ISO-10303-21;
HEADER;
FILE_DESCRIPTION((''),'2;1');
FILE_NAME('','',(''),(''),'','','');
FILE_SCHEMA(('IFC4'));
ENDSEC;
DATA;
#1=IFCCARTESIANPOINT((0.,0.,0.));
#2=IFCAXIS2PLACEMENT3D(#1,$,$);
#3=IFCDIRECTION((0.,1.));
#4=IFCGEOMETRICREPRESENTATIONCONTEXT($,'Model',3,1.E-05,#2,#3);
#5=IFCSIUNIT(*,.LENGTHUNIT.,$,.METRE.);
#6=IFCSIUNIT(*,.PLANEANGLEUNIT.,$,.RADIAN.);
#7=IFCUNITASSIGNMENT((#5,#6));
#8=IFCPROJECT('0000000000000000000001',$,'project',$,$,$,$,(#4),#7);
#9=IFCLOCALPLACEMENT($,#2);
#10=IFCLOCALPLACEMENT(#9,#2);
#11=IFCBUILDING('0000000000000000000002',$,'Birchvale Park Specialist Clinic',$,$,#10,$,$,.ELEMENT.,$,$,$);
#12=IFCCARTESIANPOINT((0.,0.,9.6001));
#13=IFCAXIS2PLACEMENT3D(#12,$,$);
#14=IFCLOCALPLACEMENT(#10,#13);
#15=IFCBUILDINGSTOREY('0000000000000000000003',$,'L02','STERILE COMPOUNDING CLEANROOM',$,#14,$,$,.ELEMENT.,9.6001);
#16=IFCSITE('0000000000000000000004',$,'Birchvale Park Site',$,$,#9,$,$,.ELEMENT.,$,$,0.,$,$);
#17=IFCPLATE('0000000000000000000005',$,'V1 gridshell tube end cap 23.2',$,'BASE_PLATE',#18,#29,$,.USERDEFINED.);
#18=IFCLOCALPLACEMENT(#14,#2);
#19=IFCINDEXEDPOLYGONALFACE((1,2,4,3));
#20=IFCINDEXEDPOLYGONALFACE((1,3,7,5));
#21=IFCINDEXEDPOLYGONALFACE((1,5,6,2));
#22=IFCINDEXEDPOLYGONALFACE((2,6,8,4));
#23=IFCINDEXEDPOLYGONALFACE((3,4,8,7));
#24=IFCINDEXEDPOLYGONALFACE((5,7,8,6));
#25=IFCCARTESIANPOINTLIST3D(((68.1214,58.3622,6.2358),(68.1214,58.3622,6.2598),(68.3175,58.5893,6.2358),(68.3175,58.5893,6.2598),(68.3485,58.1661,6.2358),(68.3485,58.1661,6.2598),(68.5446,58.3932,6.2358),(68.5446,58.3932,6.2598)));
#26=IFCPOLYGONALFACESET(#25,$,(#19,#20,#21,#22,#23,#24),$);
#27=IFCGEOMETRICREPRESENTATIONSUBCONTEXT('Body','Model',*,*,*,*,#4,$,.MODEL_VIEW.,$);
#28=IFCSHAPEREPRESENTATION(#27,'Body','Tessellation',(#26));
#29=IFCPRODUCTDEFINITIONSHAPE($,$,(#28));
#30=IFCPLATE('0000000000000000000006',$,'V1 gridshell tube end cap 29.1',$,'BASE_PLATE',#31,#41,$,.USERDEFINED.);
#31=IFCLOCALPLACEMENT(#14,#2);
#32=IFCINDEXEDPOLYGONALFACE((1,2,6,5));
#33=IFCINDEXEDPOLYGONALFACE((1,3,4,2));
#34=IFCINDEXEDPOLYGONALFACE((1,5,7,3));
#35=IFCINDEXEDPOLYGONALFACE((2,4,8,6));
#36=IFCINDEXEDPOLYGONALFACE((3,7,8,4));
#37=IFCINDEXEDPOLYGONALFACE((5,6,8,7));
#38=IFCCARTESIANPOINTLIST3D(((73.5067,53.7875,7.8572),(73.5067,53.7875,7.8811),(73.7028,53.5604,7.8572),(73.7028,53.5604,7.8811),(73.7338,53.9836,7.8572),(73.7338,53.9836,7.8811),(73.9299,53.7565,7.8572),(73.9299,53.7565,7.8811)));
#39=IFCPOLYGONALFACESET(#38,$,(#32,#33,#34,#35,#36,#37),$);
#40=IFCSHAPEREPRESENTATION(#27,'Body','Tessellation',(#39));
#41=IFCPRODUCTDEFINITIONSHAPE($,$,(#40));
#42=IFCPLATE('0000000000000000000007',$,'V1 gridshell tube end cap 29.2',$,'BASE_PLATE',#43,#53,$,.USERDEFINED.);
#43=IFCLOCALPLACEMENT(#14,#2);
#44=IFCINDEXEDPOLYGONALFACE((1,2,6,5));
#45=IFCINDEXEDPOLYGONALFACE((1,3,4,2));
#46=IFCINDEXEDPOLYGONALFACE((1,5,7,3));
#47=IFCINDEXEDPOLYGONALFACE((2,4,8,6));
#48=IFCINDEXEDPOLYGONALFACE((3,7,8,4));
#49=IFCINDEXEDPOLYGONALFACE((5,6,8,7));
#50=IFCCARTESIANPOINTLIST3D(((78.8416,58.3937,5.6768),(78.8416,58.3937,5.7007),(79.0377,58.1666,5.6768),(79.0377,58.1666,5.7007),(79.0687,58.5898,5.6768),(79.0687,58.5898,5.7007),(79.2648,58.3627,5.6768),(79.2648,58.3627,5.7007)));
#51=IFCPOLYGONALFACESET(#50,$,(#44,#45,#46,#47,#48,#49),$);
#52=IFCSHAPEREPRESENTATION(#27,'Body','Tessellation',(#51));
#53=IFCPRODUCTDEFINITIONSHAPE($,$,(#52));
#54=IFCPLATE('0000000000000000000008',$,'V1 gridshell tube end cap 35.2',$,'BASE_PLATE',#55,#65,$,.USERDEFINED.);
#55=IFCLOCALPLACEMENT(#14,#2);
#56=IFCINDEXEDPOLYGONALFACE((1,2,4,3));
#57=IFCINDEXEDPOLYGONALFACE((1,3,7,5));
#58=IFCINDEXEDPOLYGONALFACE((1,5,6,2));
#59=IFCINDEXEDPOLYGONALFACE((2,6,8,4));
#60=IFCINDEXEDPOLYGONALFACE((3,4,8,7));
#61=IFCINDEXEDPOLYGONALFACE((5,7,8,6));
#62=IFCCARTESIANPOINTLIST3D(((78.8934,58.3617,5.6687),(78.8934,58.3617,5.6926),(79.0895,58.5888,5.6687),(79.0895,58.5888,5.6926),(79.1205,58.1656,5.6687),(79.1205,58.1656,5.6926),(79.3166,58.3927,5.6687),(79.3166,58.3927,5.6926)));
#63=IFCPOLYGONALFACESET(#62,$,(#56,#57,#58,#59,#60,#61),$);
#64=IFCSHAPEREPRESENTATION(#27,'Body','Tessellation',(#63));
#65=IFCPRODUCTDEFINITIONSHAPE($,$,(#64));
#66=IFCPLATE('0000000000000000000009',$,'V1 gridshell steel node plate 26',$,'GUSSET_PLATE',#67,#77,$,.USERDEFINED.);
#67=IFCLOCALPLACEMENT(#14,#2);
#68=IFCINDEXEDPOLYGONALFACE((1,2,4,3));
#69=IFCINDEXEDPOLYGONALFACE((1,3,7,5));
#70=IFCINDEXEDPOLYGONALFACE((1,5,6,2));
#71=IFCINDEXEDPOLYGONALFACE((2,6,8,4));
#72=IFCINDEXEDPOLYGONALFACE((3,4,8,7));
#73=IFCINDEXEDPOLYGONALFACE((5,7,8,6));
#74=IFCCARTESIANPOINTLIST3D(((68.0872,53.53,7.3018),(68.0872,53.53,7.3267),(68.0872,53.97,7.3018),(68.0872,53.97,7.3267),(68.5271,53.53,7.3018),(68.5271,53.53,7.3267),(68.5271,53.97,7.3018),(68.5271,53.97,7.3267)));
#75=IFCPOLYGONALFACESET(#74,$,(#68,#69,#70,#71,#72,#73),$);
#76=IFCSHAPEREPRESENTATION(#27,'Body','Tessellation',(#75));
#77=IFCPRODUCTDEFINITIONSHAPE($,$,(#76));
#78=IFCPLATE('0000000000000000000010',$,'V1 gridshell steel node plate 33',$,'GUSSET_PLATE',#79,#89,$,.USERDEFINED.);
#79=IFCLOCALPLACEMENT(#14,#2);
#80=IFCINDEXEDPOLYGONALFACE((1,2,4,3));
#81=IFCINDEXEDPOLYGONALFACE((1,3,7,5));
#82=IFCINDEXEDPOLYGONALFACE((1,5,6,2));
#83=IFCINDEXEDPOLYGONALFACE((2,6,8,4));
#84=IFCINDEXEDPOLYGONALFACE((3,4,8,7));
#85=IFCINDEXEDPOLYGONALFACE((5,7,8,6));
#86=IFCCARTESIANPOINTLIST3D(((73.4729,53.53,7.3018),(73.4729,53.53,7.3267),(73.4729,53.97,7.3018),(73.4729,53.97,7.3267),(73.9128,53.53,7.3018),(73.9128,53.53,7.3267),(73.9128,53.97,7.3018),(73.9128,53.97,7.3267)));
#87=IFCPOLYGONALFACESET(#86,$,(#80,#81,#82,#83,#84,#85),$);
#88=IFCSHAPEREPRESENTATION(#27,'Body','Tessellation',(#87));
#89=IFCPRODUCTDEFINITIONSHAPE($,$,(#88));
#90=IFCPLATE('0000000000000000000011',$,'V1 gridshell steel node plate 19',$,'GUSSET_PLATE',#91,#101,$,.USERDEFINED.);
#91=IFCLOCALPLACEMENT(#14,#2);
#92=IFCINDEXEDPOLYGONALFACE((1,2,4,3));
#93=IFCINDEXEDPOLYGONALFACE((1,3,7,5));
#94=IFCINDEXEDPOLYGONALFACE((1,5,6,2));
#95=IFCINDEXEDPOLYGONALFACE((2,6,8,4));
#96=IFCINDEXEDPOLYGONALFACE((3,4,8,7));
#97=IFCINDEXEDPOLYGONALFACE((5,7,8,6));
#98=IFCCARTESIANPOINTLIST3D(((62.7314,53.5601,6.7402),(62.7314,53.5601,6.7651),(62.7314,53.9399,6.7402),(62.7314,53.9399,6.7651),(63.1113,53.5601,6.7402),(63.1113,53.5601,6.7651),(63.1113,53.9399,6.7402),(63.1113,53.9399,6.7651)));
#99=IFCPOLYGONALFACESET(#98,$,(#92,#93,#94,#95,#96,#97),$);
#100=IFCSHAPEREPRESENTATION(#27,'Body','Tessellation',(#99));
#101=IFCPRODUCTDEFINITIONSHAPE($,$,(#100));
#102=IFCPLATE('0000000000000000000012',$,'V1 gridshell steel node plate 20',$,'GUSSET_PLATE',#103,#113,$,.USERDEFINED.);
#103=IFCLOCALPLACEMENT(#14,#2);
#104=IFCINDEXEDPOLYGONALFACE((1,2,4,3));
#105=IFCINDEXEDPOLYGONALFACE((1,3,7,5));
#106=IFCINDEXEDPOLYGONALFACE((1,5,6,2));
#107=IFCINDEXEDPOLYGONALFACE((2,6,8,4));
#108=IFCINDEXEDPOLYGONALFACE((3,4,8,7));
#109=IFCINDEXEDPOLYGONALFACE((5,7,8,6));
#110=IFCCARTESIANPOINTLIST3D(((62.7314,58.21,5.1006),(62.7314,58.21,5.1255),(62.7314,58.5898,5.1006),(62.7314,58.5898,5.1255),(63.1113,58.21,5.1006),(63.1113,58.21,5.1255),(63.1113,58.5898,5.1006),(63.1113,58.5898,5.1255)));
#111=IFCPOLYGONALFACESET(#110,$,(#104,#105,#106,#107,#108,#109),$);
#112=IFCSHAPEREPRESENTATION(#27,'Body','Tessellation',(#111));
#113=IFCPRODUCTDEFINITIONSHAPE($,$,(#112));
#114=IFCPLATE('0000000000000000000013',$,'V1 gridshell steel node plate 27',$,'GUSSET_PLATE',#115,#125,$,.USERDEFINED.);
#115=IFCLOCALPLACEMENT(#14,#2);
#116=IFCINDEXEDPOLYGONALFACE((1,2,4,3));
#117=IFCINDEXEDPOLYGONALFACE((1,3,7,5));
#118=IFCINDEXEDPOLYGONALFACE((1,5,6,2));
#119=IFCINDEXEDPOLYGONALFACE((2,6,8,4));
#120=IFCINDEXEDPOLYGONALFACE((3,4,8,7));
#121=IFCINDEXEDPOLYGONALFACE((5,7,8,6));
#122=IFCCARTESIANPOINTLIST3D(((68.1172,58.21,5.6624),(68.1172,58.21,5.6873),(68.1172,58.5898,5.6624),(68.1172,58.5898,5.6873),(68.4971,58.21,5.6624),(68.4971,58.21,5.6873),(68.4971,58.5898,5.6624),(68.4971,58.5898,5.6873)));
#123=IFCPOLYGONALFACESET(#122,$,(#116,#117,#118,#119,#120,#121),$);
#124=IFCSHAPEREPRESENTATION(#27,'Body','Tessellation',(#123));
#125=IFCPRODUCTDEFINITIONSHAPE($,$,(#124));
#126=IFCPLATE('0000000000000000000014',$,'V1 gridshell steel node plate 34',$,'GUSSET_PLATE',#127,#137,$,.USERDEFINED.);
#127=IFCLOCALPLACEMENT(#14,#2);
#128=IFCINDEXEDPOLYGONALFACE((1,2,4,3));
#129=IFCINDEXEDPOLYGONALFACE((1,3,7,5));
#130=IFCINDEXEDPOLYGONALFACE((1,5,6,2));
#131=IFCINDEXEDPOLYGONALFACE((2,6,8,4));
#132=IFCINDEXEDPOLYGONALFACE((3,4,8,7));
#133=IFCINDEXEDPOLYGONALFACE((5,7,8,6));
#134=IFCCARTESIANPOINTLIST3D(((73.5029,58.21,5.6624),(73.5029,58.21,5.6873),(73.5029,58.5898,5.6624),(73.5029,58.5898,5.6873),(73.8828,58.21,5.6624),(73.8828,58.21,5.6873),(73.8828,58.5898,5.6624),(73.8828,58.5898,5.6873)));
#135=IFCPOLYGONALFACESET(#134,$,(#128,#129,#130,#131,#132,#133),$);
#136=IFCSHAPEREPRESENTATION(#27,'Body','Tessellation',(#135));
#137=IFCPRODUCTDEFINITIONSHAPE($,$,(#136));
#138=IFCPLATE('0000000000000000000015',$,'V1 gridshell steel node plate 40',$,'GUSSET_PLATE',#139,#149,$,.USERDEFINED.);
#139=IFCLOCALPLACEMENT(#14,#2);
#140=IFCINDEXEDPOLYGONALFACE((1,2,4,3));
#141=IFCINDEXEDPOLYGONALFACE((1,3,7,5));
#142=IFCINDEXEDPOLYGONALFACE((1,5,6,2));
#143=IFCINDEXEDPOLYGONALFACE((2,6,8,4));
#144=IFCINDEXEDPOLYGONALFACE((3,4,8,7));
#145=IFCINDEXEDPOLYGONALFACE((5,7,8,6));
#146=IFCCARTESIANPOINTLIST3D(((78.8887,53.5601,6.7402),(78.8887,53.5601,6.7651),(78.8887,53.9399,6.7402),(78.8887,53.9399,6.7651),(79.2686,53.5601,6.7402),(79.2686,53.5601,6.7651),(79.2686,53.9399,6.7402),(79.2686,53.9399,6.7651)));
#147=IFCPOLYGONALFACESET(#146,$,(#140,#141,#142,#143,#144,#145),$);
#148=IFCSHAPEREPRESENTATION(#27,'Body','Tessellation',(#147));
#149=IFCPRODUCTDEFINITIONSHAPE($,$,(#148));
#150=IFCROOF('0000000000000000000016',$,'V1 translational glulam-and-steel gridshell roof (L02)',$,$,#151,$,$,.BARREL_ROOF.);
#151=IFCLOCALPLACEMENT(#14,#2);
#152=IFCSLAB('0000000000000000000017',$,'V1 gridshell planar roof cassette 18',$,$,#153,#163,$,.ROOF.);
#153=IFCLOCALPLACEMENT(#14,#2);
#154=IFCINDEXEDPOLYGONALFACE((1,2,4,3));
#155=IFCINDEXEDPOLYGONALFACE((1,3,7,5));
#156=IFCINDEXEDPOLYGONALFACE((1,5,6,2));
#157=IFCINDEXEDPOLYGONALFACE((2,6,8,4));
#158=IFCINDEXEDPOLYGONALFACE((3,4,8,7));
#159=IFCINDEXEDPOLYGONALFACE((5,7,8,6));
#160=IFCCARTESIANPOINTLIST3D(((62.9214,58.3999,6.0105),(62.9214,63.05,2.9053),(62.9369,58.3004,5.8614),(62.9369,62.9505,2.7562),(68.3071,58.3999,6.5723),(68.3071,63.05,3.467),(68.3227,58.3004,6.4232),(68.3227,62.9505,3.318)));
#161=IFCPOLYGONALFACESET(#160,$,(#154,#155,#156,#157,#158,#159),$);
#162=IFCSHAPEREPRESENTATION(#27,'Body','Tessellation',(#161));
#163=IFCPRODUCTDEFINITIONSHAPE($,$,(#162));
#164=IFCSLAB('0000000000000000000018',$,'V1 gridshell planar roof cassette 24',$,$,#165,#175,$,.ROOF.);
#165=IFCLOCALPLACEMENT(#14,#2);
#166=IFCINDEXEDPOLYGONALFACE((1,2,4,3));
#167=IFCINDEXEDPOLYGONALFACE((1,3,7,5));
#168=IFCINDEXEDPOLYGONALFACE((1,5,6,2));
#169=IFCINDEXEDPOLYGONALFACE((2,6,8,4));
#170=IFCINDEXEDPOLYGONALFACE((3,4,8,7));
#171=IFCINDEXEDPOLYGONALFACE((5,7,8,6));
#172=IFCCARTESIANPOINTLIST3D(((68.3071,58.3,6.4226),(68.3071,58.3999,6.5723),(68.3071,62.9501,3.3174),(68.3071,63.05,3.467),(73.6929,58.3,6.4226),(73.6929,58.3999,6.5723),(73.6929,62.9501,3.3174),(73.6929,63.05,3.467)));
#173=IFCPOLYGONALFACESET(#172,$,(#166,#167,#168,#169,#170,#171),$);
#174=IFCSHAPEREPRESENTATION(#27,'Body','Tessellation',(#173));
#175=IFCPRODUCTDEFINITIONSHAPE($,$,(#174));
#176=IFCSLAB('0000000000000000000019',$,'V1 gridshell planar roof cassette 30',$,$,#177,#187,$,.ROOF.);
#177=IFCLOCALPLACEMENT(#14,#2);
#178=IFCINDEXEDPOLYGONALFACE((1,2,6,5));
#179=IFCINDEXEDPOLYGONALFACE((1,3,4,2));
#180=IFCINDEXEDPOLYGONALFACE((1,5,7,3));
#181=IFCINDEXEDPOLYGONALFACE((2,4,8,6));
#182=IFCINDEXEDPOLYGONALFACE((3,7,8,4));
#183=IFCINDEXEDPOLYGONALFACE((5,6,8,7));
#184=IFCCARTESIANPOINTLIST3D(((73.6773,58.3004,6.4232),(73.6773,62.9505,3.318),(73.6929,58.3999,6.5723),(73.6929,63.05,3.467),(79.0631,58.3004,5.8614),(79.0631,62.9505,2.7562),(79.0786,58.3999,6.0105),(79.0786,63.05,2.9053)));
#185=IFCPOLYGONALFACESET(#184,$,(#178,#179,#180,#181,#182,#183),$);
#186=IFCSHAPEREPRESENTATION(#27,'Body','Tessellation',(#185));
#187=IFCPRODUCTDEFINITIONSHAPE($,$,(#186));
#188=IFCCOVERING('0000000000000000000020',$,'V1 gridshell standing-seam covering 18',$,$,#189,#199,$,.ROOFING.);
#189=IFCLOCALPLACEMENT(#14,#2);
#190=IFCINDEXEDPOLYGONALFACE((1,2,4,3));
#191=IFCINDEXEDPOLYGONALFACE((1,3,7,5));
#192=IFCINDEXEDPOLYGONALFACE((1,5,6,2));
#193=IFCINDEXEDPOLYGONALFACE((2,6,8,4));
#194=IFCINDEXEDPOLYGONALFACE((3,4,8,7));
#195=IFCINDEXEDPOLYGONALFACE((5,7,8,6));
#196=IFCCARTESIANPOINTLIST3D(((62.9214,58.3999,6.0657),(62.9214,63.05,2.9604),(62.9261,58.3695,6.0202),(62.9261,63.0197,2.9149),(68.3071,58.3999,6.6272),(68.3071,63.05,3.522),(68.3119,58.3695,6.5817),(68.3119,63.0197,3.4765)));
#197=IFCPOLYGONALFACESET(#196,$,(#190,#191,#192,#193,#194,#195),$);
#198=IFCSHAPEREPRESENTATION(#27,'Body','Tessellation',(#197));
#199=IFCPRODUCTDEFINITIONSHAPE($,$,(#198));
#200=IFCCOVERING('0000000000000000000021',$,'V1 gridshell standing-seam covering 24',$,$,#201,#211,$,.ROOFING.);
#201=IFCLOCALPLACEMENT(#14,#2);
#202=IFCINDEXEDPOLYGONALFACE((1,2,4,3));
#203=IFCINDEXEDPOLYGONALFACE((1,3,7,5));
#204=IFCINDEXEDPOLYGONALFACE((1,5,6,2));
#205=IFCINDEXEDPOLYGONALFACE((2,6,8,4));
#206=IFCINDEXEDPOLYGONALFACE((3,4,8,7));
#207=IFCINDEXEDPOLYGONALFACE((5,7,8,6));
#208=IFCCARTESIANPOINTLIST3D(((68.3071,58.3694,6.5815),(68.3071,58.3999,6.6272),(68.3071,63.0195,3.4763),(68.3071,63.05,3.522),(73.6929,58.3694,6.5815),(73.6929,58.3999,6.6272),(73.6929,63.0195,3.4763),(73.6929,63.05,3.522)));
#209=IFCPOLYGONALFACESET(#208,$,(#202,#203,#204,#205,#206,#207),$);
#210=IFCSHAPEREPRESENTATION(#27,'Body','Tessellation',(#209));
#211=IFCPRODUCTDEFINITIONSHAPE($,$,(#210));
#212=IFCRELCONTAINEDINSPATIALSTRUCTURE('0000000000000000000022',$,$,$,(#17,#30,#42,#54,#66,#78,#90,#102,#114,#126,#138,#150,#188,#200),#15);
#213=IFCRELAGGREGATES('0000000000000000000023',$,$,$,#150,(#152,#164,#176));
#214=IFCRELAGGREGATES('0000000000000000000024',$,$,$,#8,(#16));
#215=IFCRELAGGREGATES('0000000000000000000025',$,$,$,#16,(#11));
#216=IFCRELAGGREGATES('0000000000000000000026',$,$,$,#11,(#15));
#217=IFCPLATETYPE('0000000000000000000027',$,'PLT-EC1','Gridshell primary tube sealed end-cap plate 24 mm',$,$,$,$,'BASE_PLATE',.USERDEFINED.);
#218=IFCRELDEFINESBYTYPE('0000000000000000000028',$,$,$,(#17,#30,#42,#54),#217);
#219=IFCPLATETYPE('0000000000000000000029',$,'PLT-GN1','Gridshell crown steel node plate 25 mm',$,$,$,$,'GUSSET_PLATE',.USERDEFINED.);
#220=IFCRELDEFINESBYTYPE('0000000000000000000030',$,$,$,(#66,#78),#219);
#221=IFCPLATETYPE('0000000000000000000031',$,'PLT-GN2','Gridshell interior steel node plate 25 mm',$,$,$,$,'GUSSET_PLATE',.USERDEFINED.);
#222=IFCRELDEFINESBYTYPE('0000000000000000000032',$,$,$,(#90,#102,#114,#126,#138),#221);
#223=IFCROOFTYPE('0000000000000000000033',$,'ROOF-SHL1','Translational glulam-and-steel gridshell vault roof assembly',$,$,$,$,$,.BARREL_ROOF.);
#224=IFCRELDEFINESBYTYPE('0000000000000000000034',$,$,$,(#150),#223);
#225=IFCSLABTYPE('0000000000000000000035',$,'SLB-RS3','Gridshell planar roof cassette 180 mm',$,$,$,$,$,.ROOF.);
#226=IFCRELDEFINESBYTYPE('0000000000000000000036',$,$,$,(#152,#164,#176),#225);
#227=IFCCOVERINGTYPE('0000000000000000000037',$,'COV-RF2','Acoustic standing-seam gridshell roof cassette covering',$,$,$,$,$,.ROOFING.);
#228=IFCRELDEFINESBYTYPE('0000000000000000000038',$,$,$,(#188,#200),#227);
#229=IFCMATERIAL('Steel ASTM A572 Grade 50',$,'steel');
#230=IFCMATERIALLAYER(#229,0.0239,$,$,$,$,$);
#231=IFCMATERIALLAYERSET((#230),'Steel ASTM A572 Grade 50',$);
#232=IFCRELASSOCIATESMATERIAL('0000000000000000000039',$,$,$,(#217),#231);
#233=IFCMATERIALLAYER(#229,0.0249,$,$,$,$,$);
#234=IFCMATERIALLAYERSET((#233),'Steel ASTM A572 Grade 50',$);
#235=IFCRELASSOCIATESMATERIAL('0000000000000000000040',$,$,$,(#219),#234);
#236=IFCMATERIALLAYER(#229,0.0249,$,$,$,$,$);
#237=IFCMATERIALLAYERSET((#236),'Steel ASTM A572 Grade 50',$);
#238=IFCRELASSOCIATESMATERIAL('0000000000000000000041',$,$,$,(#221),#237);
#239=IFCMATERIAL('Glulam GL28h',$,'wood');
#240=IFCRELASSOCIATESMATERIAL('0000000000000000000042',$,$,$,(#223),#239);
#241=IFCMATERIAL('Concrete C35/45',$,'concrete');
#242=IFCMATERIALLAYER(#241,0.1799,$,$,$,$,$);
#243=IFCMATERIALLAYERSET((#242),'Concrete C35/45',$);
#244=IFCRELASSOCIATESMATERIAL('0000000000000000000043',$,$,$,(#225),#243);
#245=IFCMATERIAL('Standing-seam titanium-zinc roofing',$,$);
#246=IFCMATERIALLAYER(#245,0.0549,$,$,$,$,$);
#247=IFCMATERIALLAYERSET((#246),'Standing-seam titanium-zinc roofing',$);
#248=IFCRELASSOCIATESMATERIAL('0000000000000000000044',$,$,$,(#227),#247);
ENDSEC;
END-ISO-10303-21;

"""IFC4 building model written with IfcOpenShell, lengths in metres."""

from ifc_helpers import new_model, si_unit, direction, frame, origin, origin_2d, place, context, subcontext, project, spatial, polyline, rectangle, outline, extrude, material, layer, layer_set, type_object, element, aggregate, save


model = new_model("IFC4")

# Units and contexts
model_context = context("Model", 3, precision=1e-05, world=origin(), true_north=direction((0.0, 1.0)))
body_context = subcontext(model_context, "Body", "Model", "MODEL_VIEW")
ifc_project = project(units=[si_unit("LENGTHUNIT", "METRE"), si_unit("PLANEANGLEUNIT", "RADIAN")], contexts=[model_context])

# Site, building, storey
site_placement = place(None, origin())
site = spatial("IfcSite", under=ifc_project, at=site_placement, Name="Birchvale Park Site", CompositionType="ELEMENT", RefElevation=0.0)
building_placement = place(site_placement, origin())
building = spatial("IfcBuilding", under=site, at=building_placement, Name="Birchvale Park Specialist Clinic", CompositionType="ELEMENT")
storey_placement = place(building_placement, frame((0.0, 0.0, 9.6001)))
storey = spatial("IfcBuildingStorey", under=building, at=storey_placement, Name="L02", Description="STERILE COMPOUNDING CLEANROOM", CompositionType="ELEMENT", Elevation=9.6001)

# Shared definitions
ifc_material_1 = material(Name="Glulam GL28h", Category="wood")

# Plates
ifc_material_2 = material(Name="Steel ASTM A572 Grade 50", Category="steel")
ifc_layer_1 = layer(ifc_material_2, 0.0239)
ifc_layer_set_1 = layer_set([ifc_layer_1], Name="Steel ASTM A572 Grade 50")
plate_type_1 = type_object("IfcPlateType", Name="PLT-EC1", Description="Gridshell primary tube sealed end-cap plate 24 mm", ElementType="BASE_PLATE", PredefinedType="USERDEFINED", material=ifc_layer_set_1)
for number, where, z_axis, x_axis, name in (
    (1, (68.333, 58.3777, 6.2358), (0.0, 0.0, 1.0), (-0.756881, 0.653553, 0.0), "V1 gridshell tube end cap 23.2"),
    (2, (73.7183, 53.772, 7.8572), (0.0, 0.0, 1.0), (0.756881, 0.653553, 0.0), "V1 gridshell tube end cap 29.1"),
    (3, (79.0532, 58.3782, 5.6768), (0.0, 0.0, 1.0), (0.756881, 0.653553, 0.0), "V1 gridshell tube end cap 29.2"),
    (4, (79.105, 58.3772, 5.6687), (0.0, 0.0, 1.0), (-0.756881, 0.653553, 0.0), "V1 gridshell tube end cap 35.2"),
):
    element("IfcPlate", number, at=place(storey_placement, frame(where, z_axis=z_axis, x_axis=x_axis)), inside=storey, type_object=plate_type_1, Name=name, ObjectType="BASE_PLATE", PredefinedType="USERDEFINED", context=body_context, shape_type="SweptSolid", body=[
        extrude(rectangle(XDim=0.3, YDim=0.3, at=origin_2d()), origin(), (0.0, 0.0, 1.0), 0.0239),
    ])
ifc_layer_2 = layer(ifc_material_2, 0.0249)
ifc_layer_set_2 = layer_set([ifc_layer_2], Name="Steel ASTM A572 Grade 50")
plate_type_2 = type_object("IfcPlateType", Name="PLT-GN1", Description="Gridshell crown steel node plate 25 mm", ElementType="GUSSET_PLATE", PredefinedType="USERDEFINED", material=ifc_layer_set_2)
for number, where, z_axis, x_axis, name in (
    (5, (68.3071, 53.75, 7.3018), (0.0, 0.0, 1.0), (1.0, 0.0, 0.0), "V1 gridshell steel node plate 26"),
    (6, (73.6929, 53.75, 7.3018), (0.0, 0.0, 1.0), (1.0, 0.0, 0.0), "V1 gridshell steel node plate 33"),
):
    element("IfcPlate", number, at=place(storey_placement, frame(where, z_axis=z_axis, x_axis=x_axis)), inside=storey, type_object=plate_type_2, Name=name, ObjectType="GUSSET_PLATE", PredefinedType="USERDEFINED", context=body_context, shape_type="SweptSolid", body=[
        extrude(rectangle(XDim=0.4399, YDim=0.4399, at=origin_2d()), origin(), (0.0, 0.0, 1.0), 0.0249),
    ])
ifc_layer_3 = layer(ifc_material_2, 0.0249)
ifc_layer_set_3 = layer_set([ifc_layer_3], Name="Steel ASTM A572 Grade 50")
plate_type_3 = type_object("IfcPlateType", Name="PLT-GN2", Description="Gridshell interior steel node plate 25 mm", ElementType="GUSSET_PLATE", PredefinedType="USERDEFINED", material=ifc_layer_set_3)
for number, where, z_axis, x_axis, name in (
    (7, (62.9214, 53.75, 6.7402), (0.0, 0.0, 1.0), (1.0, 0.0, 0.0), "V1 gridshell steel node plate 19"),
    (8, (62.9214, 58.3999, 5.1006), (0.0, 0.0, 1.0), (1.0, 0.0, 0.0), "V1 gridshell steel node plate 20"),
    (9, (68.3071, 58.3999, 5.6624), (0.0, 0.0, 1.0), (1.0, 0.0, 0.0), "V1 gridshell steel node plate 27"),
    (10, (73.6929, 58.3999, 5.6624), (0.0, 0.0, 1.0), (1.0, 0.0, 0.0), "V1 gridshell steel node plate 34"),
    (11, (79.0786, 53.75, 6.7402), (0.0, 0.0, 1.0), (1.0, 0.0, 0.0), "V1 gridshell steel node plate 40"),
):
    element("IfcPlate", number, at=place(storey_placement, frame(where, z_axis=z_axis, x_axis=x_axis)), inside=storey, type_object=plate_type_3, Name=name, ObjectType="GUSSET_PLATE", PredefinedType="USERDEFINED", context=body_context, shape_type="SweptSolid", body=[
        extrude(rectangle(XDim=0.3799, YDim=0.3799, at=origin_2d()), origin(), (0.0, 0.0, 1.0), 0.0249),
    ])

# Roof, slabs
roof_type = type_object("IfcRoofType", Name="ROOF-SHL1", Description="Translational glulam-and-steel gridshell vault roof assembly", PredefinedType="BARREL_ROOF", material=ifc_material_1)
roof_placement = place(storey_placement, origin())
roof = element("IfcRoof", 12, at=roof_placement, inside=storey, type_object=roof_type, Name="V1 translational glulam-and-steel gridshell roof (L02)", PredefinedType="BARREL_ROOF")
ifc_material_3 = material(Name="Concrete C35/45", Category="concrete")
ifc_layer_4 = layer(ifc_material_3, 0.1799)
ifc_layer_set_4 = layer_set([ifc_layer_4], Name="Concrete C35/45")
slab_type = type_object("IfcSlabType", Name="SLB-RS3", Description="Gridshell planar roof cassette 180 mm", PredefinedType="ROOF", material=ifc_layer_set_4)
slab_1_placement = place(storey_placement, frame((62.9214, 58.3999, 6.0105), z_axis=(-0.08642, 0.553257, 0.828516), x_axis=(0.994604, 0.0, 0.103744)))
slab_1 = element("IfcSlab", 13, at=slab_1_placement, type_object=slab_type, Name="V1 gridshell planar roof cassette 18", PredefinedType="ROOF", context=body_context, shape_type="SweptSolid", body=[
    extrude(outline(polyline([(0.0, 0.0), (5.415, 0.0), (5.0928, 5.5823), (-0.3221, 5.5823), (0.0, 0.0)])), origin(), (0.0, 0.0, -1.0), 0.1799),
])
slab_2_placement = place(storey_placement, frame((68.3071, 58.3999, 6.5723), z_axis=(0.0, 0.555335, 0.831627), x_axis=(1.0, 0.0, 0.0)))
slab_2 = element("IfcSlab", 14, at=slab_2_placement, type_object=slab_type, Name="V1 gridshell planar roof cassette 24", PredefinedType="ROOF", context=body_context, shape_type="SweptSolid", body=[
    extrude(outline(polyline([(0.0, 0.0), (5.3857, 0.0), (5.3857, 5.5916), (0.0, 5.5916), (0.0, 0.0)])), origin(), (0.0, 0.0, -1.0), 0.1799),
])
slab_3_placement = place(storey_placement, frame((73.6929, 58.3999, 6.5723), z_axis=(0.08642, 0.553257, 0.828516), x_axis=(0.994604, 0.0, -0.103744)))
slab_3 = element("IfcSlab", 15, at=slab_3_placement, type_object=slab_type, Name="V1 gridshell planar roof cassette 30", PredefinedType="ROOF", context=body_context, shape_type="SweptSolid", body=[
    extrude(outline(polyline([(0.0, 0.0), (5.415, 0.0), (5.7371, 5.5823), (0.3221, 5.5823), (0.0, 0.0)])), origin(), (0.0, 0.0, -1.0), 0.1799),
])
aggregate(roof, [slab_1, slab_2, slab_3])

# Coverings
ifc_material_4 = material(Name="Standing-seam titanium-zinc roofing")
ifc_layer_5 = layer(ifc_material_4, 0.0549)
ifc_layer_set_5 = layer_set([ifc_layer_5], Name="Standing-seam titanium-zinc roofing")
covering_type = type_object("IfcCoveringType", Name="COV-RF2", Description="Acoustic standing-seam gridshell roof cassette covering", PredefinedType="ROOFING", material=ifc_layer_set_5)
covering_1_placement = place(storey_placement, frame((62.9214, 58.3999, 6.0657), z_axis=(-0.086382, 0.553259, 0.828518), x_axis=(0.994609, 0.0, 0.103699)))
element("IfcCovering", 16, at=covering_1_placement, inside=storey, type_object=covering_type, Name="V1 gridshell standing-seam covering 18", PredefinedType="ROOFING", context=body_context, shape_type="SweptSolid", body=[
    extrude(outline(polyline([(0.0, 0.0), (5.4149, 0.0), (5.0929, 5.5823), (-0.322, 5.5823), (0.0, 0.0)])), origin(), (0.0, 0.0, -1.0), 0.0549),
])
covering_2_placement = place(storey_placement, frame((68.3071, 58.3999, 6.6272), z_axis=(0.0, 0.555335, 0.831627), x_axis=(1.0, 0.0, 0.0)))
element("IfcCovering", 17, at=covering_2_placement, inside=storey, type_object=covering_type, Name="V1 gridshell standing-seam covering 24", PredefinedType="ROOFING", context=body_context, shape_type="SweptSolid", body=[
    extrude(outline(polyline([(0.0, 0.0), (5.3857, 0.0), (5.3857, 5.5916), (0.0, 5.5916), (0.0, 0.0)])), origin(), (0.0, 0.0, -1.0), 0.0549),
])

save(model, "model.ifc")
